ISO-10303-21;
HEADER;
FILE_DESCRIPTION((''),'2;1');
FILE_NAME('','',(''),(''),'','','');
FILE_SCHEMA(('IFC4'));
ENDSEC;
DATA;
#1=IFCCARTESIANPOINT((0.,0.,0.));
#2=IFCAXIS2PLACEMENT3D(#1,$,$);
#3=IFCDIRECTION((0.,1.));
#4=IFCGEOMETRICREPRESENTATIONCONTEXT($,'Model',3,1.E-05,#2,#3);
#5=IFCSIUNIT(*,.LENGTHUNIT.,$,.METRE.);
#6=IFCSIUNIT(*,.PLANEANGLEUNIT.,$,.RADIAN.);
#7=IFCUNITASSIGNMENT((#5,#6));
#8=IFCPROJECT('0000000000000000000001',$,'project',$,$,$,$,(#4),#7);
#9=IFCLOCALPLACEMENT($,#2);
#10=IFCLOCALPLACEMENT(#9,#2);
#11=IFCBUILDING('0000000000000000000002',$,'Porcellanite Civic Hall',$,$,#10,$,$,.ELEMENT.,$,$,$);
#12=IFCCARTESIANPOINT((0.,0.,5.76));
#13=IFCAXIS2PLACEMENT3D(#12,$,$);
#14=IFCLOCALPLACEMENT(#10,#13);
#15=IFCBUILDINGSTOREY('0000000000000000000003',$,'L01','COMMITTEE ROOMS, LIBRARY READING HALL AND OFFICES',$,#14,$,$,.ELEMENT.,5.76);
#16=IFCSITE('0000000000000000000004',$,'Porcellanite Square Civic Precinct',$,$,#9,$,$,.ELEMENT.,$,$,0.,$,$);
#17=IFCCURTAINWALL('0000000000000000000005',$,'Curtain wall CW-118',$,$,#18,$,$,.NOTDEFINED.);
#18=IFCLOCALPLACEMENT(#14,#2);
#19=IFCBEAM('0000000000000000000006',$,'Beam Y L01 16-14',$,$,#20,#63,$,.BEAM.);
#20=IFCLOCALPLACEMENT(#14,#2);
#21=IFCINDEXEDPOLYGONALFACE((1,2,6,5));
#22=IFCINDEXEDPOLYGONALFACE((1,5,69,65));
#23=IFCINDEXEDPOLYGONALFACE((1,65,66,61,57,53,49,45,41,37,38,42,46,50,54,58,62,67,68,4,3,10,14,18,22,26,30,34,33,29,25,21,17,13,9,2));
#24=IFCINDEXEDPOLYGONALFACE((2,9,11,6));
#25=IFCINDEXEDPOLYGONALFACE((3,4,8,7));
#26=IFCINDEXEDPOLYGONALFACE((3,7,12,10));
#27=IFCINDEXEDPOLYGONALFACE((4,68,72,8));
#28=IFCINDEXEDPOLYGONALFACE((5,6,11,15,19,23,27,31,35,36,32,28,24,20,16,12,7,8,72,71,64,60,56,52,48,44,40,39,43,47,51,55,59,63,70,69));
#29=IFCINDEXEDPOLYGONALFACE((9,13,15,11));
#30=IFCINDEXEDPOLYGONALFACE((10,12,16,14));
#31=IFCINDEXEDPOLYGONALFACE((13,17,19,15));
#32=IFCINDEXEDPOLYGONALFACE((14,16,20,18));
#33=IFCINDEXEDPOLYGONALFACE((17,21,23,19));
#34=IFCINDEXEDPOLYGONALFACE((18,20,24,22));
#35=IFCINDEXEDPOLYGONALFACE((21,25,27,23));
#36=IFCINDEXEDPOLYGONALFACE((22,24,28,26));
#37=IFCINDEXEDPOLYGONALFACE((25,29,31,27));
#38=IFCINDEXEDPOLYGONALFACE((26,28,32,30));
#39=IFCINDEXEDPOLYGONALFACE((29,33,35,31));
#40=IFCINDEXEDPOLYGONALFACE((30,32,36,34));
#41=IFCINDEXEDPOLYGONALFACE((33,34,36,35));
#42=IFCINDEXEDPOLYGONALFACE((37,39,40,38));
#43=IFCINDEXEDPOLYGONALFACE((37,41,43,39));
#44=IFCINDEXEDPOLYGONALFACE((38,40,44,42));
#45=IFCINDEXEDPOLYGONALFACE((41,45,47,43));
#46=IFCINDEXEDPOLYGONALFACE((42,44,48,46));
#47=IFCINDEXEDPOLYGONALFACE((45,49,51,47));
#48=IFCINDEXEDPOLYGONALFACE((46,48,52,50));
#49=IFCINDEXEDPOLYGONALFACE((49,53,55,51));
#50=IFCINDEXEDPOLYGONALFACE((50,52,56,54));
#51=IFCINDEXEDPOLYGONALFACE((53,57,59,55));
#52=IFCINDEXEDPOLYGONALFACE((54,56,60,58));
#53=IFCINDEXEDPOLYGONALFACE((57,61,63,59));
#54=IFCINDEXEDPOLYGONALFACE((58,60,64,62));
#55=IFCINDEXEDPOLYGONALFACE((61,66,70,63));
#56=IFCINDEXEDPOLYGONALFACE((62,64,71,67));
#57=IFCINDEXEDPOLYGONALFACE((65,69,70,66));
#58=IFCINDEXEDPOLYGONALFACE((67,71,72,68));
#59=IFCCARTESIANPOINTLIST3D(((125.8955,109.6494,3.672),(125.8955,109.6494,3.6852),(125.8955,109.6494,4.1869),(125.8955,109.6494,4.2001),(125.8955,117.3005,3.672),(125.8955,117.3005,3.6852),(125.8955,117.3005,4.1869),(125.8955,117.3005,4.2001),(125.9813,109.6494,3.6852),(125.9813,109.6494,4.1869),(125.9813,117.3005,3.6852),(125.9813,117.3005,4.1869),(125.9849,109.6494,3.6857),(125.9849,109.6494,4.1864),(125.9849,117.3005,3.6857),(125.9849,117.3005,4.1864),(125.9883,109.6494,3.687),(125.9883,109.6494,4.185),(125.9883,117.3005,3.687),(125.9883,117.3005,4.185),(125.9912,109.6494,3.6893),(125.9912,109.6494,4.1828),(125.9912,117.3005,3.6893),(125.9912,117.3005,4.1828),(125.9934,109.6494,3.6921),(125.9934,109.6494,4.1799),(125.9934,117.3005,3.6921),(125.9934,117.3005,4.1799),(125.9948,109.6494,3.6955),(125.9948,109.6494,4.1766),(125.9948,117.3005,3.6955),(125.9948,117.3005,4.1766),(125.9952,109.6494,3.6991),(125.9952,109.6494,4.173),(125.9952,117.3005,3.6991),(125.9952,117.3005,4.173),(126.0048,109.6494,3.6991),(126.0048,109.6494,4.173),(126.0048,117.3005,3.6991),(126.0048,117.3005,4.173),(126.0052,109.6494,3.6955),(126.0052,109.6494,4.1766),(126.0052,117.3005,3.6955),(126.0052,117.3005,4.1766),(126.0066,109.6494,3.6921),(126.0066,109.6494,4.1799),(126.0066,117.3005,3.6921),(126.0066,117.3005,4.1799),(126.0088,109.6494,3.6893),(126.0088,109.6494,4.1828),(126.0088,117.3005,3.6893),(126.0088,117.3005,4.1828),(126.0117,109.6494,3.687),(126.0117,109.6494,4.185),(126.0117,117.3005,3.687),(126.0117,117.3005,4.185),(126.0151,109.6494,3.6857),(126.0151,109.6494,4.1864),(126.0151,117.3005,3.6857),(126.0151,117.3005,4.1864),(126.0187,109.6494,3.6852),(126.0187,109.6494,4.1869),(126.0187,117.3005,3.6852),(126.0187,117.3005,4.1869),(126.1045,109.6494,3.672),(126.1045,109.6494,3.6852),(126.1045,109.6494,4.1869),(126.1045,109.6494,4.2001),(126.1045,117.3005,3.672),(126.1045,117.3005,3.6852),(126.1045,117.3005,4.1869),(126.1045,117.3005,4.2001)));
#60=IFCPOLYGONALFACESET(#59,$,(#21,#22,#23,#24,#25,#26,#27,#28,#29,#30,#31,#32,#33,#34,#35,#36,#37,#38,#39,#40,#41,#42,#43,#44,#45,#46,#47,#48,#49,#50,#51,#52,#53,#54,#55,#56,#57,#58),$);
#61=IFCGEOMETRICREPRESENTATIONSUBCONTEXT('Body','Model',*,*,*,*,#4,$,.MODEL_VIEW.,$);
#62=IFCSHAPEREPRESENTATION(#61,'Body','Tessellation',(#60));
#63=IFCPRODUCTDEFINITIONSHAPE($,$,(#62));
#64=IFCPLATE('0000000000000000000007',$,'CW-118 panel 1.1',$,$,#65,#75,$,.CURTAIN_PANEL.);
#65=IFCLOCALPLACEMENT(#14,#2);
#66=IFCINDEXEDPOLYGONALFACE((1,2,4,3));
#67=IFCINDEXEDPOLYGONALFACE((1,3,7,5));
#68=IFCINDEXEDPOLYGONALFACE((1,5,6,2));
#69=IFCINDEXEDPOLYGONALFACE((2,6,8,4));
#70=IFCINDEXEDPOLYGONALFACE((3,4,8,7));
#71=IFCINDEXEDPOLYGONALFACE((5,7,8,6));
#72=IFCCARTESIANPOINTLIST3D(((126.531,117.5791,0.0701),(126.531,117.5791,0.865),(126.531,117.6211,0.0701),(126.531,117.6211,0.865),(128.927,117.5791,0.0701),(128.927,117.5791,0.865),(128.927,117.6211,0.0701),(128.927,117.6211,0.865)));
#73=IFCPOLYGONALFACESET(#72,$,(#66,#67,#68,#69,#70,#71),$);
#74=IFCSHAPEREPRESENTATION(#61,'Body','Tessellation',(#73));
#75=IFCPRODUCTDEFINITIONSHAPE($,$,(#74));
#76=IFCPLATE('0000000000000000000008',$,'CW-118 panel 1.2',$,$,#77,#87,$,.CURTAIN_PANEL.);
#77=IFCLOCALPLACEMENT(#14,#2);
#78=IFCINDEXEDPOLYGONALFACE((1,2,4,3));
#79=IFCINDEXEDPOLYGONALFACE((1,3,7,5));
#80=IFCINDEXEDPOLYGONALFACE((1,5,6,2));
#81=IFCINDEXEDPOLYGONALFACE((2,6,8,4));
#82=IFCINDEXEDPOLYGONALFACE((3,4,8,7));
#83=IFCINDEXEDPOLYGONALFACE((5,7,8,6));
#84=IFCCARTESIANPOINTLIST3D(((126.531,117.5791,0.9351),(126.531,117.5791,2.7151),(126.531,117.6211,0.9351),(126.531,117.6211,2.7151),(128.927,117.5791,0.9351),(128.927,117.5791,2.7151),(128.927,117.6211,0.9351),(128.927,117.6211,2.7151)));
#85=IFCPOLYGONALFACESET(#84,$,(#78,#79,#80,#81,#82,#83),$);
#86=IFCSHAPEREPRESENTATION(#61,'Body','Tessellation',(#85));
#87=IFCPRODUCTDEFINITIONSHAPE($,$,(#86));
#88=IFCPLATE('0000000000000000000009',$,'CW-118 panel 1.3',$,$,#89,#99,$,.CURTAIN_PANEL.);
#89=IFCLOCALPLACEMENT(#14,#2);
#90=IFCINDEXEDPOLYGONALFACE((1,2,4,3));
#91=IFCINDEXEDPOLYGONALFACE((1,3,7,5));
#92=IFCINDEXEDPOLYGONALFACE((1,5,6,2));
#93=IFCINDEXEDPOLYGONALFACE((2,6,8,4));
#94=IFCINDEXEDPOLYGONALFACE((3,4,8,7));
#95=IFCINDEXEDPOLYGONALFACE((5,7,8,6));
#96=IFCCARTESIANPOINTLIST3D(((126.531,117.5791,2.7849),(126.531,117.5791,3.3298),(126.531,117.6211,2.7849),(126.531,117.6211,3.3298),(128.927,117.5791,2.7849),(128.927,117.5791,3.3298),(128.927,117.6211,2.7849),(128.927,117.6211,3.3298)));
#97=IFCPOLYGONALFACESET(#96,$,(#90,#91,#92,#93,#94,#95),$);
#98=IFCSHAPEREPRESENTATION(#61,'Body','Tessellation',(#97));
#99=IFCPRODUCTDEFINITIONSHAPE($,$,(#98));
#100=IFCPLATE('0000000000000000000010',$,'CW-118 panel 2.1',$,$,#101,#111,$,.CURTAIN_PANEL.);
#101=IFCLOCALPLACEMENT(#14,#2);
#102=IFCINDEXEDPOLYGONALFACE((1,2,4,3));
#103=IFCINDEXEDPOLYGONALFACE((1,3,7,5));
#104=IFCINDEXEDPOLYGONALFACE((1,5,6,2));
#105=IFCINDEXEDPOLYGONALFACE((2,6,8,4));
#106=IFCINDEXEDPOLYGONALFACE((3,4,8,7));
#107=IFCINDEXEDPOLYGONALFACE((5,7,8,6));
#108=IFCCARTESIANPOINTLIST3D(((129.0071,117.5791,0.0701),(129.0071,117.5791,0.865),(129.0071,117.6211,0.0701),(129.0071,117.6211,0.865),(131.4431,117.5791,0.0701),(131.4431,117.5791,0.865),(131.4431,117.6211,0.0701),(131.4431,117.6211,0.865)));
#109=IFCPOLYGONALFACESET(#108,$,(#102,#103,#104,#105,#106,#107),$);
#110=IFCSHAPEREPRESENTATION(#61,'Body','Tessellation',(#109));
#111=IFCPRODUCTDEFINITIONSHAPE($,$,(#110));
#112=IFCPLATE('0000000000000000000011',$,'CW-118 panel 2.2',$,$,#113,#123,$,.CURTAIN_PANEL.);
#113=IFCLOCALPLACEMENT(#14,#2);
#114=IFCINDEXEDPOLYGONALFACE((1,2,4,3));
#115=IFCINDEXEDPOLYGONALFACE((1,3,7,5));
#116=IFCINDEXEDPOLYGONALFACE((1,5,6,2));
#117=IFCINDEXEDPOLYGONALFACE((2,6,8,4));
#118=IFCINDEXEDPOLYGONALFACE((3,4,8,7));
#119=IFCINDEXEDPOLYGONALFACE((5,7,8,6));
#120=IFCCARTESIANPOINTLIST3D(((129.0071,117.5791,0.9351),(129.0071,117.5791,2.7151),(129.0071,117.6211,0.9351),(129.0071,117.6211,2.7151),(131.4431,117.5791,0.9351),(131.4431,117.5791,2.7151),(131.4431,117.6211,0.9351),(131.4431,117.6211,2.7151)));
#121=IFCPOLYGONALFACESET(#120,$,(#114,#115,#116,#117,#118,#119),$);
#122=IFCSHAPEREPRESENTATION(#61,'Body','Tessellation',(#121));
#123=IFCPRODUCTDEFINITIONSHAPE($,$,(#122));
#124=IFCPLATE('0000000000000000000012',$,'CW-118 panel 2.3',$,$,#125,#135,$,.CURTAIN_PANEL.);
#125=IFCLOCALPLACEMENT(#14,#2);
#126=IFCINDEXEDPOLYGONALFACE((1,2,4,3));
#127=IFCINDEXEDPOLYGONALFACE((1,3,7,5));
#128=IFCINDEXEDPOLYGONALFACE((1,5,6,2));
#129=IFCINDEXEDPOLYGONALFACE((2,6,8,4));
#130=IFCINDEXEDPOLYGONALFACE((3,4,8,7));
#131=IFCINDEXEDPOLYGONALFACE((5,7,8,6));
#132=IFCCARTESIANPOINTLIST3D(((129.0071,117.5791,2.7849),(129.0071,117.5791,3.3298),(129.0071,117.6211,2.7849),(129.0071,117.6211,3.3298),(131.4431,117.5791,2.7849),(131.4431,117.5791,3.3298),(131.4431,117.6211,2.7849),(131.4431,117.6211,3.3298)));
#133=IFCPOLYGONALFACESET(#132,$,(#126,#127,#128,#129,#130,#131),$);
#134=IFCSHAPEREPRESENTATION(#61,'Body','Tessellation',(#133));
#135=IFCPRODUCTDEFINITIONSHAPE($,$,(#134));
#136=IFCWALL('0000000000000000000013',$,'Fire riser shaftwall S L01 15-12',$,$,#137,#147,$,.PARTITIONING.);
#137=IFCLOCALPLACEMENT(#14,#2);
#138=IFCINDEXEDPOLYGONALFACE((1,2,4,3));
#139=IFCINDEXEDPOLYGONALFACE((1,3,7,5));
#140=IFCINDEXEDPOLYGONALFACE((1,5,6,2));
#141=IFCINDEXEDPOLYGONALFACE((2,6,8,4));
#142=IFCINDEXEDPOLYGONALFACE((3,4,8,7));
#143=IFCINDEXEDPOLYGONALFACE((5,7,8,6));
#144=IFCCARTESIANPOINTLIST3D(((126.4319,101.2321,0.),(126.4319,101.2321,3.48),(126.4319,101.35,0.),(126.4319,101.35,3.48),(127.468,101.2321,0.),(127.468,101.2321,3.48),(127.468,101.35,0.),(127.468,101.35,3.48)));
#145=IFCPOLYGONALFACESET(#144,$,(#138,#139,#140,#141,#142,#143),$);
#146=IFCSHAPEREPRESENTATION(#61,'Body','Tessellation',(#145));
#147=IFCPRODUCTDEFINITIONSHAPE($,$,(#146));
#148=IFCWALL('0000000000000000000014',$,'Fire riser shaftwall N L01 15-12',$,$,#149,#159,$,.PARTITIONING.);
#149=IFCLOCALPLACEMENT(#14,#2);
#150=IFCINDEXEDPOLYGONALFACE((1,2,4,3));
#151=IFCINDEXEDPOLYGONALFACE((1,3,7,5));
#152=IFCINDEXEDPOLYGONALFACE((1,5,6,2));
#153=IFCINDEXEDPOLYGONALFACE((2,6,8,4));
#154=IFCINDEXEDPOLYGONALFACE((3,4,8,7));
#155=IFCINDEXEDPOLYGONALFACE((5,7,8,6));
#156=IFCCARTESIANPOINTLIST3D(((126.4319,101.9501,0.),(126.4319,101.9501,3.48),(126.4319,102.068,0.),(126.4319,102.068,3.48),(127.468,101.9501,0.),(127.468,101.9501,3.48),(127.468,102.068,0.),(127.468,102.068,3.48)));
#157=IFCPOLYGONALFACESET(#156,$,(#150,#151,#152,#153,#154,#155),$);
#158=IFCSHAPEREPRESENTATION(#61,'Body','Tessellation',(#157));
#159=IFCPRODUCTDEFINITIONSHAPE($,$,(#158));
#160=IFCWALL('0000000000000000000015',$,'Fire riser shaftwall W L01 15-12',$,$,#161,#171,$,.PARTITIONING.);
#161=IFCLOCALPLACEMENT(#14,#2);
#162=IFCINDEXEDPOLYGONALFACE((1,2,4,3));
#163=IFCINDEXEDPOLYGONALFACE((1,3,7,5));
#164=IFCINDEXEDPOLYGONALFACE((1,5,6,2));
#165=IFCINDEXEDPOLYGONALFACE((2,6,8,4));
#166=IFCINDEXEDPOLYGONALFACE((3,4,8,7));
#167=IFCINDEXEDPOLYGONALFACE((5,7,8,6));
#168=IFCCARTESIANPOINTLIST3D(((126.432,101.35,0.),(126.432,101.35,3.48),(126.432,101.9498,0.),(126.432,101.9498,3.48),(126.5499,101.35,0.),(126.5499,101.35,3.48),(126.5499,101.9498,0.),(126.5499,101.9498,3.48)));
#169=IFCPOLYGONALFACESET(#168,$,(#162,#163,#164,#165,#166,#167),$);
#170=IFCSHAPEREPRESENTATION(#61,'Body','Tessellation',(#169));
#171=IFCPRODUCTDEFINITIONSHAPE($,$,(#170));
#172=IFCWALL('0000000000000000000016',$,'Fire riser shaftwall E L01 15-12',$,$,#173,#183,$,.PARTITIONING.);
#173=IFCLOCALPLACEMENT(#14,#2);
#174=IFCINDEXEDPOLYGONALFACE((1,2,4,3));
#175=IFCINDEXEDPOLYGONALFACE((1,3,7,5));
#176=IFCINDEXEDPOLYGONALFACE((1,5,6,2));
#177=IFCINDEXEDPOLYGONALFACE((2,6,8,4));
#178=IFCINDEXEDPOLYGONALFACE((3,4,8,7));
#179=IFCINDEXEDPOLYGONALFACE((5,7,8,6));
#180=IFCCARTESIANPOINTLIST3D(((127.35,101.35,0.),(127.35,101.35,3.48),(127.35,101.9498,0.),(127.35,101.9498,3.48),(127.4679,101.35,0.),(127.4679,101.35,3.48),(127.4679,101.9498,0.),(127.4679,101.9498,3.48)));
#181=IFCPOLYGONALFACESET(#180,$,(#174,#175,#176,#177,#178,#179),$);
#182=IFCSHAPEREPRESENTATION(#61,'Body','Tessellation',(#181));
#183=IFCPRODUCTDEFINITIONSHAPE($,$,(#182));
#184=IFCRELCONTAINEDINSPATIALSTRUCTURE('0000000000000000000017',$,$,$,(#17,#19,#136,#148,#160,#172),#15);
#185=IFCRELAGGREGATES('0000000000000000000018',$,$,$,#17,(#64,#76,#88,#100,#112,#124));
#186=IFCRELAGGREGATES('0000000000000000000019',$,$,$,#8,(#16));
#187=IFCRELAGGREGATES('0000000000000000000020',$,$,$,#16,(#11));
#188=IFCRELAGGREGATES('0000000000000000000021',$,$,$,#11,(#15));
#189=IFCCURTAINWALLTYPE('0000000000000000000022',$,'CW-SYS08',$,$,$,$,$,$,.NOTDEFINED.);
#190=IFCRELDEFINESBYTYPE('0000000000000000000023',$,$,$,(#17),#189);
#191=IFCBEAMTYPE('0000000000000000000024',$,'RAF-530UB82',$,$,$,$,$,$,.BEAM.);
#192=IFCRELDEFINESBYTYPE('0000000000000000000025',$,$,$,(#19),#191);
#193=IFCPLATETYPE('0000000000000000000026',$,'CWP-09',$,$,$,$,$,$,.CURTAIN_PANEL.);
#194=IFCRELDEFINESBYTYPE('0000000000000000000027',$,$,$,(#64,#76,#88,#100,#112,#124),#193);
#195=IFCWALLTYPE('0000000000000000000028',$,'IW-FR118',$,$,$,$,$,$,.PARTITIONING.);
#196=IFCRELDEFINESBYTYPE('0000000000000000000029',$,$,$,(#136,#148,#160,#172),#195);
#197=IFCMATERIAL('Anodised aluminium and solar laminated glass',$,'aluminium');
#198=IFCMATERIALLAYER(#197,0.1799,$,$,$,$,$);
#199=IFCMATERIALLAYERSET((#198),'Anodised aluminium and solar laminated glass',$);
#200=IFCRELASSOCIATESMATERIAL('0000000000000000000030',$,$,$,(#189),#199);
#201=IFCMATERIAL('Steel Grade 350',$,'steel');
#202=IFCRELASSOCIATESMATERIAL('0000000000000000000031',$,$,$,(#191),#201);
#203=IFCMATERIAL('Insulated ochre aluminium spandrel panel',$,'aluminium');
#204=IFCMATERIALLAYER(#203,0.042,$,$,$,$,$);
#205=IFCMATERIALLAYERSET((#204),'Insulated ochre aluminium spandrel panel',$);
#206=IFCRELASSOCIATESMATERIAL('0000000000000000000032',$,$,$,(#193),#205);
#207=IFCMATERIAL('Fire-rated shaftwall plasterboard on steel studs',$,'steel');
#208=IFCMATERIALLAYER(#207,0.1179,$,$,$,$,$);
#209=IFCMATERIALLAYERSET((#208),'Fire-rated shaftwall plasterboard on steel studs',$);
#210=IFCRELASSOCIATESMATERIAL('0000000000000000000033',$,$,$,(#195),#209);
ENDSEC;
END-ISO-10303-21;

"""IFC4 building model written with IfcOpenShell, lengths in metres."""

from ifc_helpers import new_model, si_unit, direction, frame, frame_2d, origin, origin_2d, place, context, subcontext, project, spatial, rectangle, i_section, extrude, material, layer, layer_set, material_profile, profile_set, type_object, element, aggregate, save


model = new_model("IFC4")

# Units and contexts
model_context = context("Model", 3, precision=1e-05, world=origin(), true_north=direction((0.0, 1.0)))
body_context = subcontext(model_context, "Body", "Model", "MODEL_VIEW")
ifc_project = project(units=[si_unit("LENGTHUNIT", "METRE"), si_unit("PLANEANGLEUNIT", "RADIAN")], contexts=[model_context])

# Site, building, storey
site_placement = place(None, origin())
site = spatial("IfcSite", under=ifc_project, at=site_placement, Name="Porcellanite Square Civic Precinct", CompositionType="ELEMENT", RefElevation=0.0)
building_placement = place(site_placement, origin())
building = spatial("IfcBuilding", under=site, at=building_placement, Name="Porcellanite Civic Hall", CompositionType="ELEMENT")
storey_placement = place(building_placement, frame((0.0, 0.0, 5.76)))
storey = spatial("IfcBuildingStorey", under=building, at=storey_placement, Name="L01", Description="COMMITTEE ROOMS, LIBRARY READING HALL AND OFFICES", CompositionType="ELEMENT", Elevation=5.76)

# Curtain wall
ifc_material_1 = material(Name="Anodised aluminium and solar laminated glass", Category="aluminium")
ifc_layer_1 = layer(ifc_material_1, 0.1799)
ifc_layer_set_1 = layer_set([ifc_layer_1], Name="Anodised aluminium and solar laminated glass")
curtain_wall_type = type_object("IfcCurtainWallType", Name="CW-SYS08", PredefinedType="NOTDEFINED", material=ifc_layer_set_1)
curtain_wall_placement = place(storey_placement, origin())
curtain_wall = element("IfcCurtainWall", 1, at=curtain_wall_placement, inside=storey, type_object=curtain_wall_type, Name="Curtain wall CW-118", PredefinedType="NOTDEFINED")

# Beam
ifc_material_2 = material(Name="Steel Grade 350", Category="steel")
ifc_material_profile_1 = material_profile(ifc_material_2, i_section(OverallWidth=0.209, OverallDepth=0.5281, WebThickness=0.0095, FlangeThickness=0.0132, FilletRadius=0.0139, at=origin_2d()), Name="530UB82.0")
ifc_profile_set_1 = profile_set([ifc_material_profile_1], Name="Steel Grade 350")
beam_type_1 = type_object("IfcBeamType", Name="RAF-530UB82", PredefinedType="BEAM", material=ifc_profile_set_1)
beam_1_placement = place(storey_placement, frame((126.0, 109.6494, 3.936), z_axis=(0.0, 1.0, 0.0), x_axis=(-1.0, 0.0, 0.0)))
element("IfcBeam", 2, at=beam_1_placement, inside=storey, type_object=beam_type_1, Name="Beam Y L01 16-14", PredefinedType="BEAM", context=body_context, shape_type="SweptSolid", body=[
    extrude(i_section(OverallWidth=0.209, OverallDepth=0.5281, WebThickness=0.0095, FlangeThickness=0.0132, FilletRadius=0.0139, at=origin_2d()), origin(), (0.0, 0.0, 1.0), 7.6511),
])

# Plates
ifc_material_3 = material(Name="Insulated ochre aluminium spandrel panel", Category="aluminium")
ifc_layer_2 = layer(ifc_material_3, 0.042)
ifc_layer_set_2 = layer_set([ifc_layer_2], Name="Insulated ochre aluminium spandrel panel")
plate_type = type_object("IfcPlateType", Name="CWP-09", PredefinedType="CURTAIN_PANEL", material=ifc_layer_set_2)
plate_1_placement = place(storey_placement, frame((127.729, 117.6001, 0.0701), z_axis=(0.0, 0.0, 1.0), x_axis=(1.0, 0.0, 0.0)))
plate_1 = element("IfcPlate", 3, at=plate_1_placement, type_object=plate_type, Name="CW-118 panel 1.1", PredefinedType="CURTAIN_PANEL", context=body_context, shape_type="SweptSolid", body=[
    extrude(rectangle(XDim=2.396, YDim=0.042, at=origin_2d()), origin(), (0.0, 0.0, 1.0), 0.7949),
])
plate_2_placement = place(storey_placement, frame((127.729, 117.6001, 0.9351), z_axis=(0.0, 0.0, 1.0), x_axis=(1.0, 0.0, 0.0)))
plate_2 = element("IfcPlate", 4, at=plate_2_placement, type_object=plate_type, Name="CW-118 panel 1.2", PredefinedType="CURTAIN_PANEL", context=body_context, shape_type="SweptSolid", body=[
    extrude(rectangle(XDim=2.396, YDim=0.042, at=origin_2d()), origin(), (0.0, 0.0, 1.0), 1.78),
])
plate_3_placement = place(storey_placement, frame((127.729, 117.6001, 2.7849), z_axis=(0.0, 0.0, 1.0), x_axis=(1.0, 0.0, 0.0)))
plate_3 = element("IfcPlate", 5, at=plate_3_placement, type_object=plate_type, Name="CW-118 panel 1.3", PredefinedType="CURTAIN_PANEL", context=body_context, shape_type="SweptSolid", body=[
    extrude(rectangle(XDim=2.396, YDim=0.042, at=origin_2d()), origin(), (0.0, 0.0, 1.0), 0.5449),
])
plate_4_placement = place(storey_placement, frame((130.2251, 117.6001, 0.0701), z_axis=(0.0, 0.0, 1.0), x_axis=(1.0, 0.0, 0.0)))
plate_4 = element("IfcPlate", 6, at=plate_4_placement, type_object=plate_type, Name="CW-118 panel 2.1", PredefinedType="CURTAIN_PANEL", context=body_context, shape_type="SweptSolid", body=[
    extrude(rectangle(XDim=2.436, YDim=0.042, at=origin_2d()), origin(), (0.0, 0.0, 1.0), 0.7949),
])
plate_5_placement = place(storey_placement, frame((130.2251, 117.6001, 0.9351), z_axis=(0.0, 0.0, 1.0), x_axis=(1.0, 0.0, 0.0)))
plate_5 = element("IfcPlate", 7, at=plate_5_placement, type_object=plate_type, Name="CW-118 panel 2.2", PredefinedType="CURTAIN_PANEL", context=body_context, shape_type="SweptSolid", body=[
    extrude(rectangle(XDim=2.436, YDim=0.042, at=origin_2d()), origin(), (0.0, 0.0, 1.0), 1.78),
])
plate_6_placement = place(storey_placement, frame((130.2251, 117.6001, 2.7849), z_axis=(0.0, 0.0, 1.0), x_axis=(1.0, 0.0, 0.0)))
plate_6 = element("IfcPlate", 8, at=plate_6_placement, type_object=plate_type, Name="CW-118 panel 2.3", PredefinedType="CURTAIN_PANEL", context=body_context, shape_type="SweptSolid", body=[
    extrude(rectangle(XDim=2.436, YDim=0.042, at=origin_2d()), origin(), (0.0, 0.0, 1.0), 0.5449),
])
aggregate(curtain_wall, [plate_1, plate_2, plate_3, plate_4, plate_5, plate_6])

# Walls
ifc_material_4 = material(Name="Fire-rated shaftwall plasterboard on steel studs", Category="steel")
ifc_layer_3 = layer(ifc_material_4, 0.1179)
ifc_layer_set_3 = layer_set([ifc_layer_3], Name="Fire-rated shaftwall plasterboard on steel studs")
wall_type_1 = type_object("IfcWallType", Name="IW-FR118", PredefinedType="PARTITIONING", material=ifc_layer_set_3)
for number, where, z_axis, x_axis, name in (
    (9, (126.4319, 101.291, 0.0), (0.0, 0.0, 1.0), (1.0, 0.0, 0.0), "Fire riser shaftwall S L01 15-12"),
    (10, (126.4319, 102.009, 0.0), (0.0, 0.0, 1.0), (1.0, 0.0, 0.0), "Fire riser shaftwall N L01 15-12"),
):
    element("IfcWall", number, at=place(storey_placement, frame(where, z_axis=z_axis, x_axis=x_axis)), inside=storey, type_object=wall_type_1, Name=name, PredefinedType="PARTITIONING", context=body_context, shape_type="SweptSolid", body=[
        extrude(rectangle(XDim=1.0361, YDim=0.1179, at=frame_2d((0.5181, 0.0))), origin(), (0.0, 0.0, 1.0), 3.48),
    ])
for number, where, z_axis, x_axis, name in (
    (11, (126.491, 101.3501, 0.0), (0.0, 0.0, 1.0), (0.0, 1.0, 0.0), "Fire riser shaftwall W L01 15-12"),
    (12, (127.4089, 101.3501, 0.0), (0.0, 0.0, 1.0), (0.0, 1.0, 0.0), "Fire riser shaftwall E L01 15-12"),
):
    element("IfcWall", number, at=place(storey_placement, frame(where, z_axis=z_axis, x_axis=x_axis)), inside=storey, type_object=wall_type_1, Name=name, PredefinedType="PARTITIONING", context=body_context, shape_type="SweptSolid", body=[
        extrude(rectangle(XDim=0.5999, YDim=0.1179, at=frame_2d((0.2998, 0.0))), origin(), (0.0, 0.0, 1.0), 3.48),
    ])

save(model, "model.ifc")
